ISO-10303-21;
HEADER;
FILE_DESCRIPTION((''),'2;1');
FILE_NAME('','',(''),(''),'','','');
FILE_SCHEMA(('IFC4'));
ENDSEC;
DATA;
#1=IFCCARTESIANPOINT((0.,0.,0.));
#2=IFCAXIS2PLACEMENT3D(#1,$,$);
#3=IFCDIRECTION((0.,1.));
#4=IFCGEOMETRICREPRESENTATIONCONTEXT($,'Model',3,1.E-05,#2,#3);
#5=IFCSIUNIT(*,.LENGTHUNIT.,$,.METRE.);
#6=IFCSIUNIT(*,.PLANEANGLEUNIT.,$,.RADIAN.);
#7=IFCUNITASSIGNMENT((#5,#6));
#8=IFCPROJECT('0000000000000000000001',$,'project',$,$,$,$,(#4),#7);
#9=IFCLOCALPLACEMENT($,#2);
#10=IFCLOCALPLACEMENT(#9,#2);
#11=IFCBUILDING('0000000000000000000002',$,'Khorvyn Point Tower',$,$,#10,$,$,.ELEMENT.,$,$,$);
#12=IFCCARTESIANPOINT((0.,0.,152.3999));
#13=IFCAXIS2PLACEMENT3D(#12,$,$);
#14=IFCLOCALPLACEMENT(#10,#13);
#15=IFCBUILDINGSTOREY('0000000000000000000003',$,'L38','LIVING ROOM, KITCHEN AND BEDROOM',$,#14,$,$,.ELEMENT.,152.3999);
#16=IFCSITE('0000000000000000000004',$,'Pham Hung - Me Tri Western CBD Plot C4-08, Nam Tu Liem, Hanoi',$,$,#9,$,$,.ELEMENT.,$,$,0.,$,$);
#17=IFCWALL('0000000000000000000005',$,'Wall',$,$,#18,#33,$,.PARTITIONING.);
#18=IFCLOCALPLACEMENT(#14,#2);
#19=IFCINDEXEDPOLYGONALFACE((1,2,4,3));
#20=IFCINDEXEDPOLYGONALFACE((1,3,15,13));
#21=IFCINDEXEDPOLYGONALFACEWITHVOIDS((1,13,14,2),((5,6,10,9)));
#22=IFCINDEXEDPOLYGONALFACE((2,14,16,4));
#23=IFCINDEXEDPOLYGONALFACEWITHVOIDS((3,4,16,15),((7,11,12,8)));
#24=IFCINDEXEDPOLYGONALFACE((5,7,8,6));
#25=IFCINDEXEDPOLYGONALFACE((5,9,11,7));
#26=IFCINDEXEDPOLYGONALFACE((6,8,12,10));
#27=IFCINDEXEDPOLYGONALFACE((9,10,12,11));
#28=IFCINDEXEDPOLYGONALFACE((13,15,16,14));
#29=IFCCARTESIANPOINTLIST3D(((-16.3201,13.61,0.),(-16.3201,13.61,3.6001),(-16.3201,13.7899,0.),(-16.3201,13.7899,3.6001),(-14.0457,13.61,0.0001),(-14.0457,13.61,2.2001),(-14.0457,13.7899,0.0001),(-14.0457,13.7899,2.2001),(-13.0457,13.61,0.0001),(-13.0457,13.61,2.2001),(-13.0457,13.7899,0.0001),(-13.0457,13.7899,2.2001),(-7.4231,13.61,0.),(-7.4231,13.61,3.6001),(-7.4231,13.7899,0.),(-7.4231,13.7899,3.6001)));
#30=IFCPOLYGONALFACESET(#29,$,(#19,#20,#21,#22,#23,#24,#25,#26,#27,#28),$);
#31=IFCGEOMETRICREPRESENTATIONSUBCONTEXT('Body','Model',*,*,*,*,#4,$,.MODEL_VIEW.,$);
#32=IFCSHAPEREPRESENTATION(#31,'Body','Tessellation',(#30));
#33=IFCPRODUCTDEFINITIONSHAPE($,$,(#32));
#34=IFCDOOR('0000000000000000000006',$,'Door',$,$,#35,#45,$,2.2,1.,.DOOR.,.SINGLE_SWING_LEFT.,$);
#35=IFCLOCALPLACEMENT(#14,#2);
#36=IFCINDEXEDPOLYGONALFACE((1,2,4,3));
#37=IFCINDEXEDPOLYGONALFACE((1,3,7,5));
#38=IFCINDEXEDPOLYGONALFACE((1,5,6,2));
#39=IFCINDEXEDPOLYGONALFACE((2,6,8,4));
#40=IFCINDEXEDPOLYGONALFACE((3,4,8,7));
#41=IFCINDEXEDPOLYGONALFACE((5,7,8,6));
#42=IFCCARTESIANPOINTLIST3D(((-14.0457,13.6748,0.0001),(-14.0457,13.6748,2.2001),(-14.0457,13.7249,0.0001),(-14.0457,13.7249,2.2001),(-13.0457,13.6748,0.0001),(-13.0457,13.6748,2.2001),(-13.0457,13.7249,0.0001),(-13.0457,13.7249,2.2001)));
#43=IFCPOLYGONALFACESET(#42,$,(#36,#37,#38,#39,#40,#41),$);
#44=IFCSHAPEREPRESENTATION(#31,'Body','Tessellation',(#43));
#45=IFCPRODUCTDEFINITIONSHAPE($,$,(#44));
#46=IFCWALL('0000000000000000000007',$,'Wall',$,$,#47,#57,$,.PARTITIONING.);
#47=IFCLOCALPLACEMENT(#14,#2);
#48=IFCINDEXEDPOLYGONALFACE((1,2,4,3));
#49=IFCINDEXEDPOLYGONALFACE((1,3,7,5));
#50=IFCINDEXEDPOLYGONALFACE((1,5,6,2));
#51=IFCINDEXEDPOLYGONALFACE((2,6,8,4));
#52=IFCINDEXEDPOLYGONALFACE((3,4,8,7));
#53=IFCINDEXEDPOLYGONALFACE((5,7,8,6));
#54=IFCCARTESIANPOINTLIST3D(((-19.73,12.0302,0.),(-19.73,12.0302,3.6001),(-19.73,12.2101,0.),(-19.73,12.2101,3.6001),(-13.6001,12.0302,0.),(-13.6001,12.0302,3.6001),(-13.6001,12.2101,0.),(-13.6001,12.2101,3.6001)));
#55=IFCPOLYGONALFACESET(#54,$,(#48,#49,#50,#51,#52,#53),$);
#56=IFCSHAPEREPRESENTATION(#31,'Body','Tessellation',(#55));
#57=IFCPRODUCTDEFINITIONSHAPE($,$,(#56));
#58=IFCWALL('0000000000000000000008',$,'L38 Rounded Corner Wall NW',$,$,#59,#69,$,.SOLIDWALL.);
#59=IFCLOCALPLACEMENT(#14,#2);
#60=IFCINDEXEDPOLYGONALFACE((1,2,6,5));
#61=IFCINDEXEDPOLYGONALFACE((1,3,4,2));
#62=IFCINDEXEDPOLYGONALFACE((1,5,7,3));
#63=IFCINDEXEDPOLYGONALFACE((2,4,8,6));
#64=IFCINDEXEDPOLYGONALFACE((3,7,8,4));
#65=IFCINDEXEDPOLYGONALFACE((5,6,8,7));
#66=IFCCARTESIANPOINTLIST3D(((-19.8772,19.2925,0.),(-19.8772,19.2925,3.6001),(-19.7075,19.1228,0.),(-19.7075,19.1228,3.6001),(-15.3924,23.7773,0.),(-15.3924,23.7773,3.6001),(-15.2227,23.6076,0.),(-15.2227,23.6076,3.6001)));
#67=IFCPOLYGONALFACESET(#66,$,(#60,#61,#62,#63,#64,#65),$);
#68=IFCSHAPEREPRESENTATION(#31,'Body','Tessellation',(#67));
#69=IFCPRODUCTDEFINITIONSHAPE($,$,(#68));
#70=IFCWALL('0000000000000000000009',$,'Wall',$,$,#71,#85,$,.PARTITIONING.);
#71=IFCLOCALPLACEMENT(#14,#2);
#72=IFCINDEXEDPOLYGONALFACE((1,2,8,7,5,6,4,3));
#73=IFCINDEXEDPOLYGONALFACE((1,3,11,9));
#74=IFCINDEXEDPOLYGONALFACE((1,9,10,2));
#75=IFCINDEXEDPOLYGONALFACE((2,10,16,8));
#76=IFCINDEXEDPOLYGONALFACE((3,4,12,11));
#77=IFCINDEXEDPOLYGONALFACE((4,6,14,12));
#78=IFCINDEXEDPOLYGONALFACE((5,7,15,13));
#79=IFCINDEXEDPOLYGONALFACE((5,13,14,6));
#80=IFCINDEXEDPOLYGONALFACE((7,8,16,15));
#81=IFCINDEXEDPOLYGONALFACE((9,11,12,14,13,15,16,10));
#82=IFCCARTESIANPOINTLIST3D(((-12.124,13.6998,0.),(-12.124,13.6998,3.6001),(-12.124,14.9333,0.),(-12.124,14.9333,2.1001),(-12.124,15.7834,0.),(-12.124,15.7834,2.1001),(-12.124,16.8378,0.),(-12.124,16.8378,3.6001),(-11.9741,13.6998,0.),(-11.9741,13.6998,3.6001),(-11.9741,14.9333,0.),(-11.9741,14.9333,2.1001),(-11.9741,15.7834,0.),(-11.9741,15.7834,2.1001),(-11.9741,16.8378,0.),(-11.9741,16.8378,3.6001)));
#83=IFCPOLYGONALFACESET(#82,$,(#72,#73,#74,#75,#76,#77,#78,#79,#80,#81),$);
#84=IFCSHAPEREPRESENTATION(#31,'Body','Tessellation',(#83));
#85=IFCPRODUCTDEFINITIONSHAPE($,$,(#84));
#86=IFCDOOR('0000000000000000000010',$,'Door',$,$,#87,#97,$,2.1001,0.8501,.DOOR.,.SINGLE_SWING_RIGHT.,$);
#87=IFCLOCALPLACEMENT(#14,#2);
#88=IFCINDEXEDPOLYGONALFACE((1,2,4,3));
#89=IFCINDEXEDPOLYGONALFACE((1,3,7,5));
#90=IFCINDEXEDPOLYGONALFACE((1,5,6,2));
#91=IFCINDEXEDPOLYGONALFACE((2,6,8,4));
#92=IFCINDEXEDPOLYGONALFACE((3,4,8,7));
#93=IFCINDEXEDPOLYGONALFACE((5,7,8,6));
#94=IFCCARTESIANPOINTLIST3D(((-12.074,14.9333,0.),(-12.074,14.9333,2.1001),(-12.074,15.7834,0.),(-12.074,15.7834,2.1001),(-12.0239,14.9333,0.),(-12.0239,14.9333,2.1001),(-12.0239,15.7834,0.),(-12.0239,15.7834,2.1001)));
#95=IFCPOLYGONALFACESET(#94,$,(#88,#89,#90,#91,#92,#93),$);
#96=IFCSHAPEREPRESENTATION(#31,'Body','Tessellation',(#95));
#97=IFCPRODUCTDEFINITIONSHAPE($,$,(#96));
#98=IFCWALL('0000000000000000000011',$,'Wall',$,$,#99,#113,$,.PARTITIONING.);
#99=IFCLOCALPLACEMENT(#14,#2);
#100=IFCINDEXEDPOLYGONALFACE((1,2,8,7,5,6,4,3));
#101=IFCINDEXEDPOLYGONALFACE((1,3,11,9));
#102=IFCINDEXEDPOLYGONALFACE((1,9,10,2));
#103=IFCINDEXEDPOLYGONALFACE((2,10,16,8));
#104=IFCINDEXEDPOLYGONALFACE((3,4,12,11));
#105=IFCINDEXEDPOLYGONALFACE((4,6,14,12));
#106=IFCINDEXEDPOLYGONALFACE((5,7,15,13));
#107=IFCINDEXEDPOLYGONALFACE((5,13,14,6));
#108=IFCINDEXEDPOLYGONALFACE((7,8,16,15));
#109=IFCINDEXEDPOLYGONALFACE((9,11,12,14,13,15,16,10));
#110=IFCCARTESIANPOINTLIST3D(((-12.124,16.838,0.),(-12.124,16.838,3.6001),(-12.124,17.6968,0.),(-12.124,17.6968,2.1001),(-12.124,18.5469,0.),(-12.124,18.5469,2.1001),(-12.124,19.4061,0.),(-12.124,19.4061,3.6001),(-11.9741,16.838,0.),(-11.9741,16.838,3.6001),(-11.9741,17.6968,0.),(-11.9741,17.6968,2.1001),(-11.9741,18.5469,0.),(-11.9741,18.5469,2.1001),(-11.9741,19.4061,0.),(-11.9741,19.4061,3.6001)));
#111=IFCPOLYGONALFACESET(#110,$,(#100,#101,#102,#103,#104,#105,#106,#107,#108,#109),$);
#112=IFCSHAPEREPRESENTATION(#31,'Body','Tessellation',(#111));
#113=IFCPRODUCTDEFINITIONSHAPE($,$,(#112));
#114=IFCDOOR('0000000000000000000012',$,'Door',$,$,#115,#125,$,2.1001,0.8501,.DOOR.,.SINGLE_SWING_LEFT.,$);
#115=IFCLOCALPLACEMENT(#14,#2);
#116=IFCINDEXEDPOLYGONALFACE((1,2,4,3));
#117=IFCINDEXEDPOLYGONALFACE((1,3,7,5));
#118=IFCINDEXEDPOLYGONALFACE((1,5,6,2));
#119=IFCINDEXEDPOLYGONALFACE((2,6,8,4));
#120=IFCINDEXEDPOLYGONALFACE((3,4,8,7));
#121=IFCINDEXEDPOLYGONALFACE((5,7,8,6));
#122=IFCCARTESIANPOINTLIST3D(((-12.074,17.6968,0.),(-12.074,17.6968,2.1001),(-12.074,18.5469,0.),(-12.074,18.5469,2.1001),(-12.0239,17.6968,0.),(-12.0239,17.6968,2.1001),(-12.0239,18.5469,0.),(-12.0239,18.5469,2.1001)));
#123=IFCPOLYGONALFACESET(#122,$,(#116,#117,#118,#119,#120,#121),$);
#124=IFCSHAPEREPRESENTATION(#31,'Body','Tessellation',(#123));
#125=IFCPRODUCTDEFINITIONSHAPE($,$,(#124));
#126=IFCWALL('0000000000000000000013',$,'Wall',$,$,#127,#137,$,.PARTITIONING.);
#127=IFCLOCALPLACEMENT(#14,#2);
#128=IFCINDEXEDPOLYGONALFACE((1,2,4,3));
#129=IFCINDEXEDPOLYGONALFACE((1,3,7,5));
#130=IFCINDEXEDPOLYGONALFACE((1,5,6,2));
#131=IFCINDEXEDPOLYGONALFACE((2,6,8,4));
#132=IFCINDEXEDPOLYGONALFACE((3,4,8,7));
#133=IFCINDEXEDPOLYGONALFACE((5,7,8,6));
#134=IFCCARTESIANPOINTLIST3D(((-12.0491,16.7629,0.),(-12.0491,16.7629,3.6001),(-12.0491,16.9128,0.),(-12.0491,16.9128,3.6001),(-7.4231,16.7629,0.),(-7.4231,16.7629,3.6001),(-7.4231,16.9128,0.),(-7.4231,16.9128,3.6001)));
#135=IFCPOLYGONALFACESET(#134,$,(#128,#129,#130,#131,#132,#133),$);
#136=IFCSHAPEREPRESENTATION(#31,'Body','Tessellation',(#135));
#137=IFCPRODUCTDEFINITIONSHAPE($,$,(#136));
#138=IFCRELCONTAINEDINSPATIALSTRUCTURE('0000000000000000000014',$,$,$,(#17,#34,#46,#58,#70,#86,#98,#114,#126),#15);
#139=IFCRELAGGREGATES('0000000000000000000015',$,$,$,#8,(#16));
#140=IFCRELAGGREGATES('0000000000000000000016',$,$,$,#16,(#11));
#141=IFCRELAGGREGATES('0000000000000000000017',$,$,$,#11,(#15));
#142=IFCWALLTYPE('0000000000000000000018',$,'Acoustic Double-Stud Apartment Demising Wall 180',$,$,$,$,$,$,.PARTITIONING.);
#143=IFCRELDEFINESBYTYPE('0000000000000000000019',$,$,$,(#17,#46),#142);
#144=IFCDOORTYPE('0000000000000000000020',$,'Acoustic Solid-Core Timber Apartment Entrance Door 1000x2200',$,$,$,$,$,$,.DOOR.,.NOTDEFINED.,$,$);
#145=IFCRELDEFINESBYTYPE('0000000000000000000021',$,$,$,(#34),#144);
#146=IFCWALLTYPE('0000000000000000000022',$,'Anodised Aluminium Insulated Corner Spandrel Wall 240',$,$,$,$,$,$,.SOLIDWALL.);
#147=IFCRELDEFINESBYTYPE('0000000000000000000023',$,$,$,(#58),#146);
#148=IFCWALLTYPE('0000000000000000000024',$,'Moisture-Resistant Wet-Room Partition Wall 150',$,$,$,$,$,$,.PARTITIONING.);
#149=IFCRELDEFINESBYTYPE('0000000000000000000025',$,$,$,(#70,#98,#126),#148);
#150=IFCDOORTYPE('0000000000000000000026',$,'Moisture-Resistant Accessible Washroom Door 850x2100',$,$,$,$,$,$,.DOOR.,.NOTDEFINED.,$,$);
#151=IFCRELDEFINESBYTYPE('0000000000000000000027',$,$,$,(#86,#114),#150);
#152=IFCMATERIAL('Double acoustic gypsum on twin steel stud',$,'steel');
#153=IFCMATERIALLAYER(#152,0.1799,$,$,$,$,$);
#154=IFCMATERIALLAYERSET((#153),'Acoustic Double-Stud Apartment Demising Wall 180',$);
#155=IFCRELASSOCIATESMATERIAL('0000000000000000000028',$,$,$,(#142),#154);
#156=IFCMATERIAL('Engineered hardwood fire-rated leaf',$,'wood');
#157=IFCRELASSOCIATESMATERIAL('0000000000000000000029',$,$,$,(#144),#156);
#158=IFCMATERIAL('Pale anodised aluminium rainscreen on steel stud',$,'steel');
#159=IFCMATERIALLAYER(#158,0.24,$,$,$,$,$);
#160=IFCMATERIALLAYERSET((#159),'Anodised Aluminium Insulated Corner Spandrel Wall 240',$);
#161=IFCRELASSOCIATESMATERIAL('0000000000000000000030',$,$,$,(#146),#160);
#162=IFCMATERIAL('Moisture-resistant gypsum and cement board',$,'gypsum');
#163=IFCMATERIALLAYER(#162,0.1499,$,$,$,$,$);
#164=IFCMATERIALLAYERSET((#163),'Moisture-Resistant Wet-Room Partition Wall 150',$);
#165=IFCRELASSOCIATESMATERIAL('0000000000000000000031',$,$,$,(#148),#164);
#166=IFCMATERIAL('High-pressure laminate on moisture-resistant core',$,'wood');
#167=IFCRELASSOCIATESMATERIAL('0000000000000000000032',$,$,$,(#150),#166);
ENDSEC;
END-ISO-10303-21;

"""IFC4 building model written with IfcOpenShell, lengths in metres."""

from ifc_helpers import new_model, si_unit, direction, frame, frame_2d, origin, place, context, subcontext, project, spatial, rectangle, extrude, material, layer, layer_set, type_object, element, fill, save


model = new_model("IFC4")

# Units and contexts
model_context = context("Model", 3, precision=1e-05, world=origin(), true_north=direction((0.0, 1.0)))
body_context = subcontext(model_context, "Body", "Model", "MODEL_VIEW")
ifc_project = project(units=[si_unit("LENGTHUNIT", "METRE"), si_unit("PLANEANGLEUNIT", "RADIAN")], contexts=[model_context])

# Site, building, storey
site_placement = place(None, origin())
site = spatial("IfcSite", under=ifc_project, at=site_placement, Name="Pham Hung - Me Tri Western CBD Plot C4-08, Nam Tu Liem, Hanoi", CompositionType="ELEMENT", RefElevation=0.0)
building_placement = place(site_placement, origin())
building = spatial("IfcBuilding", under=site, at=building_placement, Name="Khorvyn Point Tower", CompositionType="ELEMENT")
storey_placement = place(building_placement, frame((0.0, 0.0, 152.3999)))
storey = spatial("IfcBuildingStorey", under=building, at=storey_placement, Name="L38", Description="LIVING ROOM, KITCHEN AND BEDROOM", CompositionType="ELEMENT", Elevation=152.3999)

# Wall, opening, door
ifc_material_1 = material(Name="Double acoustic gypsum on twin steel stud", Category="steel")
ifc_layer_1 = layer(ifc_material_1, 0.1799)
ifc_layer_set_1 = layer_set([ifc_layer_1], Name="Acoustic Double-Stud Apartment Demising Wall 180")
wall_type_1 = type_object("IfcWallType", Name="Acoustic Double-Stud Apartment Demising Wall 180", PredefinedType="PARTITIONING", material=ifc_layer_set_1)
wall_1_placement = place(storey_placement, frame((-16.3201, 13.7, 0.0), z_axis=(0.0, 0.0, 1.0), x_axis=(1.0, 0.0, 0.0)))
wall_1 = element("IfcWall", 1, at=wall_1_placement, inside=storey, type_object=wall_type_1, Name="Wall", PredefinedType="PARTITIONING", context=body_context, shape_type="SweptSolid", body=[
    extrude(rectangle(XDim=8.897, YDim=0.1799, at=frame_2d((4.4485, 0.0))), origin(), (0.0, 0.0, 1.0), 3.6001),
])
opening_1_placement = place(wall_1_placement, frame((2.2744, 0.0, 0.0)))
opening_1 = element("IfcOpeningElement", 2, at=opening_1_placement, cuts=wall_1, PredefinedType="OPENING", context=body_context, shape_type="SweptSolid", body=[
    extrude(rectangle(XDim=1.0, YDim=2.2, at=frame_2d((0.5, 1.1001))), frame((0.0, 0.0999, 0.0), z_axis=(0.0, -1.0, 0.0), x_axis=(1.0, 0.0, 0.0)), (0.0, 0.0, 1.0), 0.2),
])
ifc_material_2 = material(Name="Engineered hardwood fire-rated leaf", Category="wood")
door_type_1 = type_object("IfcDoorType", Name="Acoustic Solid-Core Timber Apartment Entrance Door 1000x2200", OperationType="NOTDEFINED", PredefinedType="DOOR", material=ifc_material_2)
door_1_placement = place(opening_1_placement, origin())
door_1 = element("IfcDoor", 3, at=door_1_placement, inside=storey, type_object=door_type_1, Name="Door", OperationType="SINGLE_SWING_LEFT", OverallHeight=2.2, OverallWidth=1.0, PredefinedType="DOOR", context=body_context, shape_type="SweptSolid", body=[
    extrude(rectangle(XDim=1.0, YDim=2.2, at=frame_2d((0.5, 1.1001))), frame((0.0, 0.0249, 0.0), z_axis=(0.0, -1.0, 0.0), x_axis=(1.0, 0.0, 0.0)), (0.0, 0.0, 1.0), 0.05),
])
fill(opening_1, door_1)

# Walls
wall_2_placement = place(storey_placement, frame((-19.73, 12.1201, 0.0), z_axis=(0.0, 0.0, 1.0), x_axis=(1.0, 0.0, 0.0)))
element("IfcWall", 4, at=wall_2_placement, inside=storey, type_object=wall_type_1, Name="Wall", PredefinedType="PARTITIONING", context=body_context, shape_type="SweptSolid", body=[
    extrude(rectangle(XDim=6.1299, YDim=0.1799, at=frame_2d((3.0649, 0.0))), origin(), (0.0, 0.0, 1.0), 3.6001),
])
ifc_material_3 = material(Name="Pale anodised aluminium rainscreen on steel stud", Category="steel")
ifc_layer_2 = layer(ifc_material_3, 0.24)
ifc_layer_set_2 = layer_set([ifc_layer_2], Name="Anodised Aluminium Insulated Corner Spandrel Wall 240")
wall_type_2 = type_object("IfcWallType", Name="Anodised Aluminium Insulated Corner Spandrel Wall 240", PredefinedType="SOLIDWALL", material=ifc_layer_set_2)
wall_3_placement = place(storey_placement, frame((-19.7925, 19.2075, 0.0), z_axis=(0.0, 0.0, 1.0), x_axis=(0.707107, 0.707107, 0.0)))
element("IfcWall", 5, at=wall_3_placement, inside=storey, type_object=wall_type_2, Name="L38 Rounded Corner Wall NW", PredefinedType="SOLIDWALL", context=body_context, shape_type="SweptSolid", body=[
    extrude(rectangle(XDim=6.3425, YDim=0.24, at=frame_2d((3.1714, 0.0))), origin(), (0.0, 0.0, 1.0), 3.6001),
])

# Walls, openings, doors
ifc_material_4 = material(Name="Moisture-resistant gypsum and cement board", Category="gypsum")
ifc_layer_3 = layer(ifc_material_4, 0.1499)
ifc_layer_set_3 = layer_set([ifc_layer_3], Name="Moisture-Resistant Wet-Room Partition Wall 150")
wall_type_3 = type_object("IfcWallType", Name="Moisture-Resistant Wet-Room Partition Wall 150", PredefinedType="PARTITIONING", material=ifc_layer_set_3)
wall_4_placement = place(storey_placement, frame((-12.0491, 13.7, 0.0), z_axis=(0.0, 0.0, 1.0), x_axis=(0.0, 1.0, 0.0)))
wall_4 = element("IfcWall", 6, at=wall_4_placement, inside=storey, type_object=wall_type_3, Name="Wall", PredefinedType="PARTITIONING", context=body_context, shape_type="SweptSolid", body=[
    extrude(rectangle(XDim=3.1379, YDim=0.1499, at=frame_2d((1.5688, 0.0))), origin(), (0.0, 0.0, 1.0), 3.6001),
])
opening_2_placement = place(wall_4_placement, frame((1.2334, 0.0, 0.0)))
opening_2 = element("IfcOpeningElement", 7, at=opening_2_placement, cuts=wall_4, PredefinedType="OPENING", context=body_context, shape_type="SweptSolid", body=[
    extrude(rectangle(XDim=0.8501, YDim=2.1001, at=frame_2d((0.425, 1.05))), frame((0.0, 0.085, 0.0), z_axis=(0.0, -1.0, 0.0), x_axis=(1.0, 0.0, 0.0)), (0.0, 0.0, 1.0), 0.1699),
])
ifc_material_5 = material(Name="High-pressure laminate on moisture-resistant core", Category="wood")
door_type_2 = type_object("IfcDoorType", Name="Moisture-Resistant Accessible Washroom Door 850x2100", OperationType="NOTDEFINED", PredefinedType="DOOR", material=ifc_material_5)
door_2_placement = place(opening_2_placement, origin())
door_2 = element("IfcDoor", 8, at=door_2_placement, inside=storey, type_object=door_type_2, Name="Door", OperationType="SINGLE_SWING_RIGHT", OverallHeight=2.1001, OverallWidth=0.8501, PredefinedType="DOOR", context=body_context, shape_type="SweptSolid", body=[
    extrude(rectangle(XDim=0.8501, YDim=2.1001, at=frame_2d((0.425, 1.05))), frame((0.0, 0.0249, 0.0), z_axis=(0.0, -1.0, 0.0), x_axis=(1.0, 0.0, 0.0)), (0.0, 0.0, 1.0), 0.05),
])
fill(opening_2, door_2)
wall_5_placement = place(storey_placement, frame((-12.0491, 16.8379, 0.0), z_axis=(0.0, 0.0, 1.0), x_axis=(0.0, 1.0, 0.0)))
wall_5 = element("IfcWall", 9, at=wall_5_placement, inside=storey, type_object=wall_type_3, Name="Wall", PredefinedType="PARTITIONING", context=body_context, shape_type="SweptSolid", body=[
    extrude(rectangle(XDim=2.5681, YDim=0.1499, at=frame_2d((1.2842, 0.0))), origin(), (0.0, 0.0, 1.0), 3.6001),
])
opening_3_placement = place(wall_5_placement, frame((0.8589, 0.0, 0.0)))
opening_3 = element("IfcOpeningElement", 10, at=opening_3_placement, cuts=wall_5, PredefinedType="OPENING", context=body_context, shape_type="SweptSolid", body=[
    extrude(rectangle(XDim=0.8501, YDim=2.1001, at=frame_2d((0.425, 1.05))), frame((0.0, 0.085, 0.0), z_axis=(0.0, -1.0, 0.0), x_axis=(1.0, 0.0, 0.0)), (0.0, 0.0, 1.0), 0.1699),
])
door_3_placement = place(opening_3_placement, origin())
door_3 = element("IfcDoor", 11, at=door_3_placement, inside=storey, type_object=door_type_2, Name="Door", OperationType="SINGLE_SWING_LEFT", OverallHeight=2.1001, OverallWidth=0.8501, PredefinedType="DOOR", context=body_context, shape_type="SweptSolid", body=[
    extrude(rectangle(XDim=0.8501, YDim=2.1001, at=frame_2d((0.425, 1.05))), frame((0.0, 0.0249, 0.0), z_axis=(0.0, -1.0, 0.0), x_axis=(1.0, 0.0, 0.0)), (0.0, 0.0, 1.0), 0.05),
])
fill(opening_3, door_3)

# Wall
wall_6_placement = place(storey_placement, frame((-12.0491, 16.8379, 0.0), z_axis=(0.0, 0.0, 1.0), x_axis=(1.0, 0.0, 0.0)))
element("IfcWall", 12, at=wall_6_placement, inside=storey, type_object=wall_type_3, Name="Wall", PredefinedType="PARTITIONING", context=body_context, shape_type="SweptSolid", body=[
    extrude(rectangle(XDim=4.626, YDim=0.1499, at=frame_2d((2.313, 0.0))), origin(), (0.0, 0.0, 1.0), 3.6001),
])

save(model, "model.ifc")
